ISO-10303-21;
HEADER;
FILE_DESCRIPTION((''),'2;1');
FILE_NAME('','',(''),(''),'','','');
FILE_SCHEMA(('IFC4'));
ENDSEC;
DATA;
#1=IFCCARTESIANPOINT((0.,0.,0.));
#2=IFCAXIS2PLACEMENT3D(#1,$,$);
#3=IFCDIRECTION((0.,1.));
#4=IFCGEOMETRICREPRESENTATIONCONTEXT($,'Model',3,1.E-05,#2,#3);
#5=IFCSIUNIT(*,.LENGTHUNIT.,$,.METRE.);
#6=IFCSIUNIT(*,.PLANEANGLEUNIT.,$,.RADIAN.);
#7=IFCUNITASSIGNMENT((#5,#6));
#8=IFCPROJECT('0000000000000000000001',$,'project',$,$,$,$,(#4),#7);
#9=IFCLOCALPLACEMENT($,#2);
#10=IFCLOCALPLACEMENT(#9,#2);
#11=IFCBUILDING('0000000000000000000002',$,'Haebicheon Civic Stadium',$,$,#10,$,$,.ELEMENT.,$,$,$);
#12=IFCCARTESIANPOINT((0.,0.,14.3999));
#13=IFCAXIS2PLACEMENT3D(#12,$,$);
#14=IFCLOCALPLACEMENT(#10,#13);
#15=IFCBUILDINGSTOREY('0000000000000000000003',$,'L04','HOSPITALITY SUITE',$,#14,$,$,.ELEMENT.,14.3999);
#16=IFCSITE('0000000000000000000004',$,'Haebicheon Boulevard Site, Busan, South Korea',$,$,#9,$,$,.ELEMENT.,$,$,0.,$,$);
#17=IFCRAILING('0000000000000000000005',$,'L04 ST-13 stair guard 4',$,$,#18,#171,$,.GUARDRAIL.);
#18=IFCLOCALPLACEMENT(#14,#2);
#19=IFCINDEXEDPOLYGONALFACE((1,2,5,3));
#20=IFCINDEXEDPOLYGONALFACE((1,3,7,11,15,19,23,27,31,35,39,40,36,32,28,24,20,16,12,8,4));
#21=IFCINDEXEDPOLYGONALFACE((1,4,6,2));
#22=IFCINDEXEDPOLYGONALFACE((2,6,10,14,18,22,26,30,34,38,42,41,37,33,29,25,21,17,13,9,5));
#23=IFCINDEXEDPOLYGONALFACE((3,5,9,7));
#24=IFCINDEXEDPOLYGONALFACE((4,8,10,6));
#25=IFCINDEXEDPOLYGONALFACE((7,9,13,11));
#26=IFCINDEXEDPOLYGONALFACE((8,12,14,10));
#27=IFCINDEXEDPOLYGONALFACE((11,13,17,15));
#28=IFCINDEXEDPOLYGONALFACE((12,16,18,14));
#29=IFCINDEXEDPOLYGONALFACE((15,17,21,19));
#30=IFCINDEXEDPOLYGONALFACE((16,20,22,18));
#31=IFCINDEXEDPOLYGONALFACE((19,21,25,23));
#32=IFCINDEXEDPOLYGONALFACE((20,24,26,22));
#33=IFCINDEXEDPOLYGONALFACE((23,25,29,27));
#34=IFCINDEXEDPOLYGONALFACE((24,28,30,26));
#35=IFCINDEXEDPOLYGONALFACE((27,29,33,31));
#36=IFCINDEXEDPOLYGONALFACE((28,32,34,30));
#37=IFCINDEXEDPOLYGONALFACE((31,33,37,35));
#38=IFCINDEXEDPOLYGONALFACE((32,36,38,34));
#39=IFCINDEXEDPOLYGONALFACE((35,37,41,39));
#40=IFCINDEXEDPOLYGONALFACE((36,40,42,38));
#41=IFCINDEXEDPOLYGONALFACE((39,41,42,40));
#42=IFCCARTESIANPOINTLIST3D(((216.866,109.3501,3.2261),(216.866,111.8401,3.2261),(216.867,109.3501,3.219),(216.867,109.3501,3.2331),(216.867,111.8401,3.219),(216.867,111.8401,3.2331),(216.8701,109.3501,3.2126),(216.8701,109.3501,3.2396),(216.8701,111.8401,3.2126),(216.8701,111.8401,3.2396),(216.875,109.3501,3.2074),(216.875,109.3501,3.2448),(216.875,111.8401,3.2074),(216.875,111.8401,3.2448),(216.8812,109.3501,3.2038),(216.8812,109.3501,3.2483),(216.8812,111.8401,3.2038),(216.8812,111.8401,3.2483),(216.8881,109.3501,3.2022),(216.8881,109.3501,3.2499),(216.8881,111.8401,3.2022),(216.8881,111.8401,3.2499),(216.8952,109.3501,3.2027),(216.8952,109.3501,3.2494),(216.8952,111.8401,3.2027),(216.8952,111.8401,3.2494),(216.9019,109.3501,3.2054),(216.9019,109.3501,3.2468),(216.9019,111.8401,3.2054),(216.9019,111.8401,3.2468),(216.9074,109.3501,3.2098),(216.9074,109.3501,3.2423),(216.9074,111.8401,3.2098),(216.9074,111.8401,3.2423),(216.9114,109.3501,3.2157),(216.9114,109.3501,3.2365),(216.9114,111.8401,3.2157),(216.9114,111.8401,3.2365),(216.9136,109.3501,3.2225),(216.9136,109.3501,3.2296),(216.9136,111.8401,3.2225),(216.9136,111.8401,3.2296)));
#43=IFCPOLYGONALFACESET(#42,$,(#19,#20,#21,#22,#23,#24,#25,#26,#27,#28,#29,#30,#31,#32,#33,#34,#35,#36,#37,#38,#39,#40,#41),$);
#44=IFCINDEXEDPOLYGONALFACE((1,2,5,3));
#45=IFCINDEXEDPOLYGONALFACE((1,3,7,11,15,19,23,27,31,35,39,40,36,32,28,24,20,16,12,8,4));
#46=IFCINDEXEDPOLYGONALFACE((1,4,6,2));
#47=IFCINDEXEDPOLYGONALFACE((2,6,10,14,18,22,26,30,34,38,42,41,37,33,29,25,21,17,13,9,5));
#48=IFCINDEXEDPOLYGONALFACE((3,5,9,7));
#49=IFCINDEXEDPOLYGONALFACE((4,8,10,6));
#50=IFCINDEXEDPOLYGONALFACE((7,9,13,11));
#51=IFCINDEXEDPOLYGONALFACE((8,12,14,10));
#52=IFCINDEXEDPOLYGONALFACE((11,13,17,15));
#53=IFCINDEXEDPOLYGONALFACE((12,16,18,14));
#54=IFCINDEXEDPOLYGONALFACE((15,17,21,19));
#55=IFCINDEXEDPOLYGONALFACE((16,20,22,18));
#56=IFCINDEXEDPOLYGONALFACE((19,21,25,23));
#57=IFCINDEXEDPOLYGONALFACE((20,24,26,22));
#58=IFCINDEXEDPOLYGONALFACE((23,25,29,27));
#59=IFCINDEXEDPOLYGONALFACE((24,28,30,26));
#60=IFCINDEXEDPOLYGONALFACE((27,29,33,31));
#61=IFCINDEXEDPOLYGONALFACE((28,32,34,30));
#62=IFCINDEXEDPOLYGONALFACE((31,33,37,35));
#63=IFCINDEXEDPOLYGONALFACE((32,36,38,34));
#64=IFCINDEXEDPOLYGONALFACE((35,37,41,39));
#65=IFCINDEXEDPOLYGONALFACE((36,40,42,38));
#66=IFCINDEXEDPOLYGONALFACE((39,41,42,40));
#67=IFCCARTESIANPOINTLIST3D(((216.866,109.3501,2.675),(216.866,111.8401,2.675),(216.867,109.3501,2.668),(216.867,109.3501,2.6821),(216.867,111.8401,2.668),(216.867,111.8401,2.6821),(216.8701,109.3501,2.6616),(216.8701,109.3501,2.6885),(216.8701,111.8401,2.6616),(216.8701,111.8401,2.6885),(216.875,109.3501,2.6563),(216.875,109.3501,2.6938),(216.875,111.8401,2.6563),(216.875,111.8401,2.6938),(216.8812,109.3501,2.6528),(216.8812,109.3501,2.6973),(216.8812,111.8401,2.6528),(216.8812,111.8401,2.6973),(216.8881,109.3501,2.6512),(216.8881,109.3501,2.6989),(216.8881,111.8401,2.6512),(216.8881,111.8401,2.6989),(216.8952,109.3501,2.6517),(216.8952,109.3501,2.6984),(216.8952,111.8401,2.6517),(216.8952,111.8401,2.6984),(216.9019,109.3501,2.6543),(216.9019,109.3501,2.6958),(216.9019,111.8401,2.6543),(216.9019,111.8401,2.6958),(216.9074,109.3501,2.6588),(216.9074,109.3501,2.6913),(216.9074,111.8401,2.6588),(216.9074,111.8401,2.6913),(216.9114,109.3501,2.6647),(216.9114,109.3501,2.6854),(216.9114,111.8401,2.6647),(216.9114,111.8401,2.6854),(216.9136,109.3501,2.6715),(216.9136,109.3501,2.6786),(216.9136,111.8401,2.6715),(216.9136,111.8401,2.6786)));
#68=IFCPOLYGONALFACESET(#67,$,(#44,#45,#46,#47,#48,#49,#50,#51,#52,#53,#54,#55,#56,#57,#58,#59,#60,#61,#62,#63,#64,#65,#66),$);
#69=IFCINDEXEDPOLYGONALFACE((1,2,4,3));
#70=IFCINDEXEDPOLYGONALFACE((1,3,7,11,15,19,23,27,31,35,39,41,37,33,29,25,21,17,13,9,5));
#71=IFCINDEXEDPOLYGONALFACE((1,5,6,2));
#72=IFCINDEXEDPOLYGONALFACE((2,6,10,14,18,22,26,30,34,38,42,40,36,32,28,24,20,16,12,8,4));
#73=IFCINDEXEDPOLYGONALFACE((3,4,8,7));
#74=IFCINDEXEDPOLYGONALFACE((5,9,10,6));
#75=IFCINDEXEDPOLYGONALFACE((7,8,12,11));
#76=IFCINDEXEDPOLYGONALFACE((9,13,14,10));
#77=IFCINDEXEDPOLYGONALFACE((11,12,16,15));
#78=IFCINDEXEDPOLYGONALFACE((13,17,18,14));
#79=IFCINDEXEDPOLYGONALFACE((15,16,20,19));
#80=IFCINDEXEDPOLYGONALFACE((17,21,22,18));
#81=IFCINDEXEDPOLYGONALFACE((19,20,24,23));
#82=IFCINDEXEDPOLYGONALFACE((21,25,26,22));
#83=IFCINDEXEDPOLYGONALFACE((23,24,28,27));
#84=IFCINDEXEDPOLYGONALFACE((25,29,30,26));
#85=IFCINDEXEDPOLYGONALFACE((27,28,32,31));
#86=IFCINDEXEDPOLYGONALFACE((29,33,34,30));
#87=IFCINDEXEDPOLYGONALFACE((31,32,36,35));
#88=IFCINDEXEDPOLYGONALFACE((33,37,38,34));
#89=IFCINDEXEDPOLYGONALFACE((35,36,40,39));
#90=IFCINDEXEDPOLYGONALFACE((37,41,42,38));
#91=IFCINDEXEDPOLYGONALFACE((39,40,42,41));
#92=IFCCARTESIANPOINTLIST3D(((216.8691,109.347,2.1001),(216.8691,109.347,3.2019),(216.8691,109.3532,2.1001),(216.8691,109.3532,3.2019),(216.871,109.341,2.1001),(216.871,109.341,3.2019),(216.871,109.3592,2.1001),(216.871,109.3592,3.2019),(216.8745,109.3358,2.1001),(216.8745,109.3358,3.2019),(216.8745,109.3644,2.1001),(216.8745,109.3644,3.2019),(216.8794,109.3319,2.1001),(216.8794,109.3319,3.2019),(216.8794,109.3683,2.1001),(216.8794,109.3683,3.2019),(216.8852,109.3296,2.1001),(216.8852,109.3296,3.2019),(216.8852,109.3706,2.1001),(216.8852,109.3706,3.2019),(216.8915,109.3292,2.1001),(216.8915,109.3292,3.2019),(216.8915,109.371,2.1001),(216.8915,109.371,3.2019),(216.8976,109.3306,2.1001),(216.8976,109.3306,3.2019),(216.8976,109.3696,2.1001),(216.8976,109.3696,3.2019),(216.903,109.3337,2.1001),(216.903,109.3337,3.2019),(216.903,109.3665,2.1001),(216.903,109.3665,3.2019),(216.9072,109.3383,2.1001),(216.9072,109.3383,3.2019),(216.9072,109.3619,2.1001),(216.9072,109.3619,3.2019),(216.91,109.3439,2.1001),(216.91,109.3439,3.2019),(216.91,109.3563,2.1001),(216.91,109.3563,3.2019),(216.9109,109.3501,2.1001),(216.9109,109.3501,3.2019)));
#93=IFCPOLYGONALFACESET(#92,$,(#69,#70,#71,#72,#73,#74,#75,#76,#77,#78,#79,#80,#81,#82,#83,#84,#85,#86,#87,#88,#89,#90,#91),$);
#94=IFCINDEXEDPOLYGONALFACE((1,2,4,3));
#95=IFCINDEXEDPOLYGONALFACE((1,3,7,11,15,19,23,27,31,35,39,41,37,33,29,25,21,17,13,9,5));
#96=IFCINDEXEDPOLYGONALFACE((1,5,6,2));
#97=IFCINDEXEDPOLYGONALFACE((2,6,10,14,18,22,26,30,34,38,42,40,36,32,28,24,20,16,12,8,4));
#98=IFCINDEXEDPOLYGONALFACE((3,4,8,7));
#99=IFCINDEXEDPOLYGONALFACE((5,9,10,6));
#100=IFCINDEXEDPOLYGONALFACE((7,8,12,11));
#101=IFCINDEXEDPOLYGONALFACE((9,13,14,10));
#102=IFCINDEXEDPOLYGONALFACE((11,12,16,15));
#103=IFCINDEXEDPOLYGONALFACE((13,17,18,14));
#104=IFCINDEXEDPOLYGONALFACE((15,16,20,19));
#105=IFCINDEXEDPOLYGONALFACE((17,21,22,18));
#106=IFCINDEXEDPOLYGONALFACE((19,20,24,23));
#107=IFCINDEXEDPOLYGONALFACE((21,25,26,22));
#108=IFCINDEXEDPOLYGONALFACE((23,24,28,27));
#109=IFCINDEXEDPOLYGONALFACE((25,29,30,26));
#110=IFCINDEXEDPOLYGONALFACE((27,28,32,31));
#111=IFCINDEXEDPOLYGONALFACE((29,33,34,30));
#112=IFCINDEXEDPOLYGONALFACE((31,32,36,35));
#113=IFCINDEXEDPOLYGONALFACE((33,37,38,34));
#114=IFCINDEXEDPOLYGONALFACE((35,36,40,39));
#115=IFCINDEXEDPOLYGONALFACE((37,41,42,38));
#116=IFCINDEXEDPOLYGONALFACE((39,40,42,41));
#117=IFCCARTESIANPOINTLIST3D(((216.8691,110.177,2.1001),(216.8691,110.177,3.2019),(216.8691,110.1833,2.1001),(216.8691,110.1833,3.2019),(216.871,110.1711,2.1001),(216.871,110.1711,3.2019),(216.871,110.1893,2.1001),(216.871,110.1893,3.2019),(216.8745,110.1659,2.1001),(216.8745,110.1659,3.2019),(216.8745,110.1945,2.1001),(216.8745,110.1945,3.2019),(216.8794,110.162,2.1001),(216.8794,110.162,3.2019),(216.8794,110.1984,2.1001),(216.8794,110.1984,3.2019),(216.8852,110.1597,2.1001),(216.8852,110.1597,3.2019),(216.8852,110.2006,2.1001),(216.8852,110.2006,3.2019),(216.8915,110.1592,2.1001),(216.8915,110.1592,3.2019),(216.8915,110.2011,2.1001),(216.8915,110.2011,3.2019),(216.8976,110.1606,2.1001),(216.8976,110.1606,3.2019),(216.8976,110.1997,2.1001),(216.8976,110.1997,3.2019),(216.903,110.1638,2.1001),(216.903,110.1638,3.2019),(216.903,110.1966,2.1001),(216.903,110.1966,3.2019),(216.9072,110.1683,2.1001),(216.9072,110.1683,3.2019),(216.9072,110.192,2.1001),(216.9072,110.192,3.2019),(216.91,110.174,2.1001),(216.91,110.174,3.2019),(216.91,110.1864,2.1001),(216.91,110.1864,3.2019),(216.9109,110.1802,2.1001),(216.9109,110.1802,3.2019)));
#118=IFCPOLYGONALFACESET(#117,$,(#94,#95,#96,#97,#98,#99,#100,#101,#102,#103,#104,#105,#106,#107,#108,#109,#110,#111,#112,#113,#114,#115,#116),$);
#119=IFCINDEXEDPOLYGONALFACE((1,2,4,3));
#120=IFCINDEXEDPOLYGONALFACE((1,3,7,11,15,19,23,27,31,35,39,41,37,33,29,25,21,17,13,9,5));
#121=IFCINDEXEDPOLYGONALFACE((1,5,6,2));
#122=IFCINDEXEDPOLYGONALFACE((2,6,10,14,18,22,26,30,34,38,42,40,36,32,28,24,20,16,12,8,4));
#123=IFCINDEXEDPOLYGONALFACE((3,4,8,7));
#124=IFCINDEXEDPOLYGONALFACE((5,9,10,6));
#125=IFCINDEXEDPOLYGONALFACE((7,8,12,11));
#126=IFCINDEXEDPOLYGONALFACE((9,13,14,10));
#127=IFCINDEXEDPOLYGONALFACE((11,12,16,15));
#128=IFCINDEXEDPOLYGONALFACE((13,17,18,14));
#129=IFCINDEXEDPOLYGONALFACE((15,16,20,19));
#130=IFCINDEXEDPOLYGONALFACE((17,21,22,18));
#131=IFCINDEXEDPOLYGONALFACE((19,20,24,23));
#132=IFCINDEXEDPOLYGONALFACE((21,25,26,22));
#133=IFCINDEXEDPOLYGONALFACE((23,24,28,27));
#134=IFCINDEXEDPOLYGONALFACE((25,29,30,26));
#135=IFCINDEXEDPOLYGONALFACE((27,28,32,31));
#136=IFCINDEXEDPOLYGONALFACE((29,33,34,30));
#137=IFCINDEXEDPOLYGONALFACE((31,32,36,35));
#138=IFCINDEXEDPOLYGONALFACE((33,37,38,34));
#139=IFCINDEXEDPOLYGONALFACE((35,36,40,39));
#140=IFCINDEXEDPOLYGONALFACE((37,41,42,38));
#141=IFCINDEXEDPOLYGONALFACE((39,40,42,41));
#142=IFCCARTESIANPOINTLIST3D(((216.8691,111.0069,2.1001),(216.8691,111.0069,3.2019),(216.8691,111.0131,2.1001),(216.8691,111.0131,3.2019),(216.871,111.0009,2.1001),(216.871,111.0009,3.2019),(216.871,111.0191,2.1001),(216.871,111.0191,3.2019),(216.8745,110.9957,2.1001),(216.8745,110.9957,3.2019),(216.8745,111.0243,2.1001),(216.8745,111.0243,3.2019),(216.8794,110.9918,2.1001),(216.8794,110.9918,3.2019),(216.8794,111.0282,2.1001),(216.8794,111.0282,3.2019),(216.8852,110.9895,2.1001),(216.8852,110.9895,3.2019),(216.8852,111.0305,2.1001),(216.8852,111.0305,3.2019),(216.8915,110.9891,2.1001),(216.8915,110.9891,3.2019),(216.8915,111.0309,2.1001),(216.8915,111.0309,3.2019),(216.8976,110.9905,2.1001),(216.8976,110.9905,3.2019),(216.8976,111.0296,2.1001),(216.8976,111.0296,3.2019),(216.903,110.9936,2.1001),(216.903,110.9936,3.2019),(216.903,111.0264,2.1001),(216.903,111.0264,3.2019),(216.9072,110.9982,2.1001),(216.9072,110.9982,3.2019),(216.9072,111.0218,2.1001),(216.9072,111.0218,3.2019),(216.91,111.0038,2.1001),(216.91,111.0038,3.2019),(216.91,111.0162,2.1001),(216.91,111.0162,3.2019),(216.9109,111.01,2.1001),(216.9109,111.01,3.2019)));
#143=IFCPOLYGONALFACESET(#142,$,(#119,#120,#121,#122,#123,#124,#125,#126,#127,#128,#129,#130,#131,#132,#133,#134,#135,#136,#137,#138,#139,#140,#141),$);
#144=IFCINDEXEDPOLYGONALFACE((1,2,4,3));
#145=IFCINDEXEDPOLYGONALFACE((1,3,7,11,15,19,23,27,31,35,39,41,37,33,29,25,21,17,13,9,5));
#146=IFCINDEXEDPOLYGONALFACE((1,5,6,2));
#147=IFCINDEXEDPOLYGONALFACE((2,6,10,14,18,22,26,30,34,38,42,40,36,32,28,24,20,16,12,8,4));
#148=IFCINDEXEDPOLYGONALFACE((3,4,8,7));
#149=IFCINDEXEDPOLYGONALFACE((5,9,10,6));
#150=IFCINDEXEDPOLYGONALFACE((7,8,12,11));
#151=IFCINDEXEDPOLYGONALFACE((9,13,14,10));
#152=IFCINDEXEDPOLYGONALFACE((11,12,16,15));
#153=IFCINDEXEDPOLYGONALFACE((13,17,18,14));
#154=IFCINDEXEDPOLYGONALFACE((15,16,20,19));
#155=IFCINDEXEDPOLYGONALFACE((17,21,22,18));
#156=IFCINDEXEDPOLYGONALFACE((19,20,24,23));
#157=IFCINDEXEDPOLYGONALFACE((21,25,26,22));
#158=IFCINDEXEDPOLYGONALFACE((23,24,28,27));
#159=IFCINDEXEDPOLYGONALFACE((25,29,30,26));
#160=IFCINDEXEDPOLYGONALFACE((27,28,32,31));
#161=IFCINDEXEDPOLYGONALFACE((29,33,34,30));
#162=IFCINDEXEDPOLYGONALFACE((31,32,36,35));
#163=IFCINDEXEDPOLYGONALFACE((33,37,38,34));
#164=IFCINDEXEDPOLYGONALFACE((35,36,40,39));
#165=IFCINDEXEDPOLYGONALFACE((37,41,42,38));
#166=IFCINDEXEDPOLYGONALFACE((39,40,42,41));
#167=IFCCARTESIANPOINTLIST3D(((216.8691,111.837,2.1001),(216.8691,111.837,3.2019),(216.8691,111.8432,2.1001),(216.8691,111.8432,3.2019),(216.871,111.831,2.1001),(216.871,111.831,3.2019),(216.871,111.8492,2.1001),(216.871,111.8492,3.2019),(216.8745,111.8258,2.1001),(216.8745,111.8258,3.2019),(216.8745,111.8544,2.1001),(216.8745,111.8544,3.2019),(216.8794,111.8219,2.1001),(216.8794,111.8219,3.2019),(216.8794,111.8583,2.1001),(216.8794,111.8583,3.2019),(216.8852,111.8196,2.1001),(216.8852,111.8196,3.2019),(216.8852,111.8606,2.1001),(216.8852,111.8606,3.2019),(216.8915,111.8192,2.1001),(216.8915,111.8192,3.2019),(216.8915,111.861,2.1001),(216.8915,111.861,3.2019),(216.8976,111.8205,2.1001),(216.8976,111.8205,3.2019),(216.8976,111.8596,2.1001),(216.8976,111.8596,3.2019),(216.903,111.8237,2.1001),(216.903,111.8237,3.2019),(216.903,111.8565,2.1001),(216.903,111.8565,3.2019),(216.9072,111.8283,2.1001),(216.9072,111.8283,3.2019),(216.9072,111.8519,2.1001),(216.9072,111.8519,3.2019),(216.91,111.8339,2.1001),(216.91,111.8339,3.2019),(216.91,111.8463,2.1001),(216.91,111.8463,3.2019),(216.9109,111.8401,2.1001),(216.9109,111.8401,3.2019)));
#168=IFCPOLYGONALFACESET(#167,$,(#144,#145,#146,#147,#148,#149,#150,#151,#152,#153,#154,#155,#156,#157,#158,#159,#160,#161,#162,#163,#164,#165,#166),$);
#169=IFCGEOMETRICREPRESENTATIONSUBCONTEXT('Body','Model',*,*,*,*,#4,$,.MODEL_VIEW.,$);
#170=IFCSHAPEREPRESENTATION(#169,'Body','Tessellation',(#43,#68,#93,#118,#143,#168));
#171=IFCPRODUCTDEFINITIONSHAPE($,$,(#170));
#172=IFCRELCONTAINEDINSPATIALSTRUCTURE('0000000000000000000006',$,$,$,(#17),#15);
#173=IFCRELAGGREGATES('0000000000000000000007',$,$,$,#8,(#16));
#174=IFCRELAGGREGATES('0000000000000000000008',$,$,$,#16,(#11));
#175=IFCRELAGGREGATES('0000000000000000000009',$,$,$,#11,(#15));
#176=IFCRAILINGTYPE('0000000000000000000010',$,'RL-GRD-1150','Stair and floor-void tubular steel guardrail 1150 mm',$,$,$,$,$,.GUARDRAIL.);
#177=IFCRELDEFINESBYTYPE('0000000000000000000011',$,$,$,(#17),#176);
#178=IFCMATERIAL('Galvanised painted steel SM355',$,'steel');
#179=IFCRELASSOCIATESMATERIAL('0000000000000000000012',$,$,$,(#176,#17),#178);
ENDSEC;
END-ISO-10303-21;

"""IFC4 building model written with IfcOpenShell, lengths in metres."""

from ifc_helpers import new_model, si_unit, direction, frame, origin, origin_2d, place, context, subcontext, project, spatial, circle, extrude, material, type_object, element, save


model = new_model("IFC4")

# Units and contexts
model_context = context("Model", 3, precision=1e-05, world=origin(), true_north=direction((0.0, 1.0)))
body_context = subcontext(model_context, "Body", "Model", "MODEL_VIEW")
ifc_project = project(units=[si_unit("LENGTHUNIT", "METRE"), si_unit("PLANEANGLEUNIT", "RADIAN")], contexts=[model_context])

# Site, building, storey
site_placement = place(None, origin())
site = spatial("IfcSite", under=ifc_project, at=site_placement, Name="Haebicheon Boulevard Site, Busan, South Korea", CompositionType="ELEMENT", RefElevation=0.0)
building_placement = place(site_placement, origin())
building = spatial("IfcBuilding", under=site, at=building_placement, Name="Haebicheon Civic Stadium", CompositionType="ELEMENT")
storey_placement = place(building_placement, frame((0.0, 0.0, 14.3999)))
storey = spatial("IfcBuildingStorey", under=building, at=storey_placement, Name="L04", Description="HOSPITALITY SUITE", CompositionType="ELEMENT", Elevation=14.3999)

# Railing
ifc_material_1 = material(Name="Galvanised painted steel SM355", Category="steel")
railing_type_1 = type_object("IfcRailingType", Name="RL-GRD-1150", Description="Stair and floor-void tubular steel guardrail 1150 mm", PredefinedType="GUARDRAIL", material=ifc_material_1)
for number, where, name in (
    (1, (216.8899, 109.3501, 2.1001), "L04 ST-13 stair guard 4"),
):
    element("IfcRailing", number, at=place(storey_placement, frame(where)), inside=storey, type_object=railing_type_1, material=ifc_material_1, Name=name, PredefinedType="GUARDRAIL", context=body_context, shape_type="SweptSolid", body=[
        extrude(circle(Radius=0.0239, at=origin_2d()), frame((0.0, 0.0, 1.126), z_axis=(0.0, 1.0, 0.0), x_axis=(-1.0, 0.0, 0.0)), (0.0, 0.0, 1.0), 2.49),
        extrude(circle(Radius=0.0239, at=origin_2d()), frame((0.0, 0.0, 0.575), z_axis=(0.0, 1.0, 0.0), x_axis=(-1.0, 0.0, 0.0)), (0.0, 0.0, 1.0), 2.49),
        extrude(circle(Radius=0.021, at=origin_2d()), origin(), (0.0, 0.0, 1.0), 1.1018),
        extrude(circle(Radius=0.021, at=origin_2d()), frame((0.0, 0.8301, 0.0)), (0.0, 0.0, 1.0), 1.1018),
        extrude(circle(Radius=0.021, at=origin_2d()), frame((0.0, 1.6599, 0.0)), (0.0, 0.0, 1.0), 1.1018),
        extrude(circle(Radius=0.021, at=origin_2d()), frame((0.0, 2.49, 0.0)), (0.0, 0.0, 1.0), 1.1018),
    ])

save(model, "model.ifc")
